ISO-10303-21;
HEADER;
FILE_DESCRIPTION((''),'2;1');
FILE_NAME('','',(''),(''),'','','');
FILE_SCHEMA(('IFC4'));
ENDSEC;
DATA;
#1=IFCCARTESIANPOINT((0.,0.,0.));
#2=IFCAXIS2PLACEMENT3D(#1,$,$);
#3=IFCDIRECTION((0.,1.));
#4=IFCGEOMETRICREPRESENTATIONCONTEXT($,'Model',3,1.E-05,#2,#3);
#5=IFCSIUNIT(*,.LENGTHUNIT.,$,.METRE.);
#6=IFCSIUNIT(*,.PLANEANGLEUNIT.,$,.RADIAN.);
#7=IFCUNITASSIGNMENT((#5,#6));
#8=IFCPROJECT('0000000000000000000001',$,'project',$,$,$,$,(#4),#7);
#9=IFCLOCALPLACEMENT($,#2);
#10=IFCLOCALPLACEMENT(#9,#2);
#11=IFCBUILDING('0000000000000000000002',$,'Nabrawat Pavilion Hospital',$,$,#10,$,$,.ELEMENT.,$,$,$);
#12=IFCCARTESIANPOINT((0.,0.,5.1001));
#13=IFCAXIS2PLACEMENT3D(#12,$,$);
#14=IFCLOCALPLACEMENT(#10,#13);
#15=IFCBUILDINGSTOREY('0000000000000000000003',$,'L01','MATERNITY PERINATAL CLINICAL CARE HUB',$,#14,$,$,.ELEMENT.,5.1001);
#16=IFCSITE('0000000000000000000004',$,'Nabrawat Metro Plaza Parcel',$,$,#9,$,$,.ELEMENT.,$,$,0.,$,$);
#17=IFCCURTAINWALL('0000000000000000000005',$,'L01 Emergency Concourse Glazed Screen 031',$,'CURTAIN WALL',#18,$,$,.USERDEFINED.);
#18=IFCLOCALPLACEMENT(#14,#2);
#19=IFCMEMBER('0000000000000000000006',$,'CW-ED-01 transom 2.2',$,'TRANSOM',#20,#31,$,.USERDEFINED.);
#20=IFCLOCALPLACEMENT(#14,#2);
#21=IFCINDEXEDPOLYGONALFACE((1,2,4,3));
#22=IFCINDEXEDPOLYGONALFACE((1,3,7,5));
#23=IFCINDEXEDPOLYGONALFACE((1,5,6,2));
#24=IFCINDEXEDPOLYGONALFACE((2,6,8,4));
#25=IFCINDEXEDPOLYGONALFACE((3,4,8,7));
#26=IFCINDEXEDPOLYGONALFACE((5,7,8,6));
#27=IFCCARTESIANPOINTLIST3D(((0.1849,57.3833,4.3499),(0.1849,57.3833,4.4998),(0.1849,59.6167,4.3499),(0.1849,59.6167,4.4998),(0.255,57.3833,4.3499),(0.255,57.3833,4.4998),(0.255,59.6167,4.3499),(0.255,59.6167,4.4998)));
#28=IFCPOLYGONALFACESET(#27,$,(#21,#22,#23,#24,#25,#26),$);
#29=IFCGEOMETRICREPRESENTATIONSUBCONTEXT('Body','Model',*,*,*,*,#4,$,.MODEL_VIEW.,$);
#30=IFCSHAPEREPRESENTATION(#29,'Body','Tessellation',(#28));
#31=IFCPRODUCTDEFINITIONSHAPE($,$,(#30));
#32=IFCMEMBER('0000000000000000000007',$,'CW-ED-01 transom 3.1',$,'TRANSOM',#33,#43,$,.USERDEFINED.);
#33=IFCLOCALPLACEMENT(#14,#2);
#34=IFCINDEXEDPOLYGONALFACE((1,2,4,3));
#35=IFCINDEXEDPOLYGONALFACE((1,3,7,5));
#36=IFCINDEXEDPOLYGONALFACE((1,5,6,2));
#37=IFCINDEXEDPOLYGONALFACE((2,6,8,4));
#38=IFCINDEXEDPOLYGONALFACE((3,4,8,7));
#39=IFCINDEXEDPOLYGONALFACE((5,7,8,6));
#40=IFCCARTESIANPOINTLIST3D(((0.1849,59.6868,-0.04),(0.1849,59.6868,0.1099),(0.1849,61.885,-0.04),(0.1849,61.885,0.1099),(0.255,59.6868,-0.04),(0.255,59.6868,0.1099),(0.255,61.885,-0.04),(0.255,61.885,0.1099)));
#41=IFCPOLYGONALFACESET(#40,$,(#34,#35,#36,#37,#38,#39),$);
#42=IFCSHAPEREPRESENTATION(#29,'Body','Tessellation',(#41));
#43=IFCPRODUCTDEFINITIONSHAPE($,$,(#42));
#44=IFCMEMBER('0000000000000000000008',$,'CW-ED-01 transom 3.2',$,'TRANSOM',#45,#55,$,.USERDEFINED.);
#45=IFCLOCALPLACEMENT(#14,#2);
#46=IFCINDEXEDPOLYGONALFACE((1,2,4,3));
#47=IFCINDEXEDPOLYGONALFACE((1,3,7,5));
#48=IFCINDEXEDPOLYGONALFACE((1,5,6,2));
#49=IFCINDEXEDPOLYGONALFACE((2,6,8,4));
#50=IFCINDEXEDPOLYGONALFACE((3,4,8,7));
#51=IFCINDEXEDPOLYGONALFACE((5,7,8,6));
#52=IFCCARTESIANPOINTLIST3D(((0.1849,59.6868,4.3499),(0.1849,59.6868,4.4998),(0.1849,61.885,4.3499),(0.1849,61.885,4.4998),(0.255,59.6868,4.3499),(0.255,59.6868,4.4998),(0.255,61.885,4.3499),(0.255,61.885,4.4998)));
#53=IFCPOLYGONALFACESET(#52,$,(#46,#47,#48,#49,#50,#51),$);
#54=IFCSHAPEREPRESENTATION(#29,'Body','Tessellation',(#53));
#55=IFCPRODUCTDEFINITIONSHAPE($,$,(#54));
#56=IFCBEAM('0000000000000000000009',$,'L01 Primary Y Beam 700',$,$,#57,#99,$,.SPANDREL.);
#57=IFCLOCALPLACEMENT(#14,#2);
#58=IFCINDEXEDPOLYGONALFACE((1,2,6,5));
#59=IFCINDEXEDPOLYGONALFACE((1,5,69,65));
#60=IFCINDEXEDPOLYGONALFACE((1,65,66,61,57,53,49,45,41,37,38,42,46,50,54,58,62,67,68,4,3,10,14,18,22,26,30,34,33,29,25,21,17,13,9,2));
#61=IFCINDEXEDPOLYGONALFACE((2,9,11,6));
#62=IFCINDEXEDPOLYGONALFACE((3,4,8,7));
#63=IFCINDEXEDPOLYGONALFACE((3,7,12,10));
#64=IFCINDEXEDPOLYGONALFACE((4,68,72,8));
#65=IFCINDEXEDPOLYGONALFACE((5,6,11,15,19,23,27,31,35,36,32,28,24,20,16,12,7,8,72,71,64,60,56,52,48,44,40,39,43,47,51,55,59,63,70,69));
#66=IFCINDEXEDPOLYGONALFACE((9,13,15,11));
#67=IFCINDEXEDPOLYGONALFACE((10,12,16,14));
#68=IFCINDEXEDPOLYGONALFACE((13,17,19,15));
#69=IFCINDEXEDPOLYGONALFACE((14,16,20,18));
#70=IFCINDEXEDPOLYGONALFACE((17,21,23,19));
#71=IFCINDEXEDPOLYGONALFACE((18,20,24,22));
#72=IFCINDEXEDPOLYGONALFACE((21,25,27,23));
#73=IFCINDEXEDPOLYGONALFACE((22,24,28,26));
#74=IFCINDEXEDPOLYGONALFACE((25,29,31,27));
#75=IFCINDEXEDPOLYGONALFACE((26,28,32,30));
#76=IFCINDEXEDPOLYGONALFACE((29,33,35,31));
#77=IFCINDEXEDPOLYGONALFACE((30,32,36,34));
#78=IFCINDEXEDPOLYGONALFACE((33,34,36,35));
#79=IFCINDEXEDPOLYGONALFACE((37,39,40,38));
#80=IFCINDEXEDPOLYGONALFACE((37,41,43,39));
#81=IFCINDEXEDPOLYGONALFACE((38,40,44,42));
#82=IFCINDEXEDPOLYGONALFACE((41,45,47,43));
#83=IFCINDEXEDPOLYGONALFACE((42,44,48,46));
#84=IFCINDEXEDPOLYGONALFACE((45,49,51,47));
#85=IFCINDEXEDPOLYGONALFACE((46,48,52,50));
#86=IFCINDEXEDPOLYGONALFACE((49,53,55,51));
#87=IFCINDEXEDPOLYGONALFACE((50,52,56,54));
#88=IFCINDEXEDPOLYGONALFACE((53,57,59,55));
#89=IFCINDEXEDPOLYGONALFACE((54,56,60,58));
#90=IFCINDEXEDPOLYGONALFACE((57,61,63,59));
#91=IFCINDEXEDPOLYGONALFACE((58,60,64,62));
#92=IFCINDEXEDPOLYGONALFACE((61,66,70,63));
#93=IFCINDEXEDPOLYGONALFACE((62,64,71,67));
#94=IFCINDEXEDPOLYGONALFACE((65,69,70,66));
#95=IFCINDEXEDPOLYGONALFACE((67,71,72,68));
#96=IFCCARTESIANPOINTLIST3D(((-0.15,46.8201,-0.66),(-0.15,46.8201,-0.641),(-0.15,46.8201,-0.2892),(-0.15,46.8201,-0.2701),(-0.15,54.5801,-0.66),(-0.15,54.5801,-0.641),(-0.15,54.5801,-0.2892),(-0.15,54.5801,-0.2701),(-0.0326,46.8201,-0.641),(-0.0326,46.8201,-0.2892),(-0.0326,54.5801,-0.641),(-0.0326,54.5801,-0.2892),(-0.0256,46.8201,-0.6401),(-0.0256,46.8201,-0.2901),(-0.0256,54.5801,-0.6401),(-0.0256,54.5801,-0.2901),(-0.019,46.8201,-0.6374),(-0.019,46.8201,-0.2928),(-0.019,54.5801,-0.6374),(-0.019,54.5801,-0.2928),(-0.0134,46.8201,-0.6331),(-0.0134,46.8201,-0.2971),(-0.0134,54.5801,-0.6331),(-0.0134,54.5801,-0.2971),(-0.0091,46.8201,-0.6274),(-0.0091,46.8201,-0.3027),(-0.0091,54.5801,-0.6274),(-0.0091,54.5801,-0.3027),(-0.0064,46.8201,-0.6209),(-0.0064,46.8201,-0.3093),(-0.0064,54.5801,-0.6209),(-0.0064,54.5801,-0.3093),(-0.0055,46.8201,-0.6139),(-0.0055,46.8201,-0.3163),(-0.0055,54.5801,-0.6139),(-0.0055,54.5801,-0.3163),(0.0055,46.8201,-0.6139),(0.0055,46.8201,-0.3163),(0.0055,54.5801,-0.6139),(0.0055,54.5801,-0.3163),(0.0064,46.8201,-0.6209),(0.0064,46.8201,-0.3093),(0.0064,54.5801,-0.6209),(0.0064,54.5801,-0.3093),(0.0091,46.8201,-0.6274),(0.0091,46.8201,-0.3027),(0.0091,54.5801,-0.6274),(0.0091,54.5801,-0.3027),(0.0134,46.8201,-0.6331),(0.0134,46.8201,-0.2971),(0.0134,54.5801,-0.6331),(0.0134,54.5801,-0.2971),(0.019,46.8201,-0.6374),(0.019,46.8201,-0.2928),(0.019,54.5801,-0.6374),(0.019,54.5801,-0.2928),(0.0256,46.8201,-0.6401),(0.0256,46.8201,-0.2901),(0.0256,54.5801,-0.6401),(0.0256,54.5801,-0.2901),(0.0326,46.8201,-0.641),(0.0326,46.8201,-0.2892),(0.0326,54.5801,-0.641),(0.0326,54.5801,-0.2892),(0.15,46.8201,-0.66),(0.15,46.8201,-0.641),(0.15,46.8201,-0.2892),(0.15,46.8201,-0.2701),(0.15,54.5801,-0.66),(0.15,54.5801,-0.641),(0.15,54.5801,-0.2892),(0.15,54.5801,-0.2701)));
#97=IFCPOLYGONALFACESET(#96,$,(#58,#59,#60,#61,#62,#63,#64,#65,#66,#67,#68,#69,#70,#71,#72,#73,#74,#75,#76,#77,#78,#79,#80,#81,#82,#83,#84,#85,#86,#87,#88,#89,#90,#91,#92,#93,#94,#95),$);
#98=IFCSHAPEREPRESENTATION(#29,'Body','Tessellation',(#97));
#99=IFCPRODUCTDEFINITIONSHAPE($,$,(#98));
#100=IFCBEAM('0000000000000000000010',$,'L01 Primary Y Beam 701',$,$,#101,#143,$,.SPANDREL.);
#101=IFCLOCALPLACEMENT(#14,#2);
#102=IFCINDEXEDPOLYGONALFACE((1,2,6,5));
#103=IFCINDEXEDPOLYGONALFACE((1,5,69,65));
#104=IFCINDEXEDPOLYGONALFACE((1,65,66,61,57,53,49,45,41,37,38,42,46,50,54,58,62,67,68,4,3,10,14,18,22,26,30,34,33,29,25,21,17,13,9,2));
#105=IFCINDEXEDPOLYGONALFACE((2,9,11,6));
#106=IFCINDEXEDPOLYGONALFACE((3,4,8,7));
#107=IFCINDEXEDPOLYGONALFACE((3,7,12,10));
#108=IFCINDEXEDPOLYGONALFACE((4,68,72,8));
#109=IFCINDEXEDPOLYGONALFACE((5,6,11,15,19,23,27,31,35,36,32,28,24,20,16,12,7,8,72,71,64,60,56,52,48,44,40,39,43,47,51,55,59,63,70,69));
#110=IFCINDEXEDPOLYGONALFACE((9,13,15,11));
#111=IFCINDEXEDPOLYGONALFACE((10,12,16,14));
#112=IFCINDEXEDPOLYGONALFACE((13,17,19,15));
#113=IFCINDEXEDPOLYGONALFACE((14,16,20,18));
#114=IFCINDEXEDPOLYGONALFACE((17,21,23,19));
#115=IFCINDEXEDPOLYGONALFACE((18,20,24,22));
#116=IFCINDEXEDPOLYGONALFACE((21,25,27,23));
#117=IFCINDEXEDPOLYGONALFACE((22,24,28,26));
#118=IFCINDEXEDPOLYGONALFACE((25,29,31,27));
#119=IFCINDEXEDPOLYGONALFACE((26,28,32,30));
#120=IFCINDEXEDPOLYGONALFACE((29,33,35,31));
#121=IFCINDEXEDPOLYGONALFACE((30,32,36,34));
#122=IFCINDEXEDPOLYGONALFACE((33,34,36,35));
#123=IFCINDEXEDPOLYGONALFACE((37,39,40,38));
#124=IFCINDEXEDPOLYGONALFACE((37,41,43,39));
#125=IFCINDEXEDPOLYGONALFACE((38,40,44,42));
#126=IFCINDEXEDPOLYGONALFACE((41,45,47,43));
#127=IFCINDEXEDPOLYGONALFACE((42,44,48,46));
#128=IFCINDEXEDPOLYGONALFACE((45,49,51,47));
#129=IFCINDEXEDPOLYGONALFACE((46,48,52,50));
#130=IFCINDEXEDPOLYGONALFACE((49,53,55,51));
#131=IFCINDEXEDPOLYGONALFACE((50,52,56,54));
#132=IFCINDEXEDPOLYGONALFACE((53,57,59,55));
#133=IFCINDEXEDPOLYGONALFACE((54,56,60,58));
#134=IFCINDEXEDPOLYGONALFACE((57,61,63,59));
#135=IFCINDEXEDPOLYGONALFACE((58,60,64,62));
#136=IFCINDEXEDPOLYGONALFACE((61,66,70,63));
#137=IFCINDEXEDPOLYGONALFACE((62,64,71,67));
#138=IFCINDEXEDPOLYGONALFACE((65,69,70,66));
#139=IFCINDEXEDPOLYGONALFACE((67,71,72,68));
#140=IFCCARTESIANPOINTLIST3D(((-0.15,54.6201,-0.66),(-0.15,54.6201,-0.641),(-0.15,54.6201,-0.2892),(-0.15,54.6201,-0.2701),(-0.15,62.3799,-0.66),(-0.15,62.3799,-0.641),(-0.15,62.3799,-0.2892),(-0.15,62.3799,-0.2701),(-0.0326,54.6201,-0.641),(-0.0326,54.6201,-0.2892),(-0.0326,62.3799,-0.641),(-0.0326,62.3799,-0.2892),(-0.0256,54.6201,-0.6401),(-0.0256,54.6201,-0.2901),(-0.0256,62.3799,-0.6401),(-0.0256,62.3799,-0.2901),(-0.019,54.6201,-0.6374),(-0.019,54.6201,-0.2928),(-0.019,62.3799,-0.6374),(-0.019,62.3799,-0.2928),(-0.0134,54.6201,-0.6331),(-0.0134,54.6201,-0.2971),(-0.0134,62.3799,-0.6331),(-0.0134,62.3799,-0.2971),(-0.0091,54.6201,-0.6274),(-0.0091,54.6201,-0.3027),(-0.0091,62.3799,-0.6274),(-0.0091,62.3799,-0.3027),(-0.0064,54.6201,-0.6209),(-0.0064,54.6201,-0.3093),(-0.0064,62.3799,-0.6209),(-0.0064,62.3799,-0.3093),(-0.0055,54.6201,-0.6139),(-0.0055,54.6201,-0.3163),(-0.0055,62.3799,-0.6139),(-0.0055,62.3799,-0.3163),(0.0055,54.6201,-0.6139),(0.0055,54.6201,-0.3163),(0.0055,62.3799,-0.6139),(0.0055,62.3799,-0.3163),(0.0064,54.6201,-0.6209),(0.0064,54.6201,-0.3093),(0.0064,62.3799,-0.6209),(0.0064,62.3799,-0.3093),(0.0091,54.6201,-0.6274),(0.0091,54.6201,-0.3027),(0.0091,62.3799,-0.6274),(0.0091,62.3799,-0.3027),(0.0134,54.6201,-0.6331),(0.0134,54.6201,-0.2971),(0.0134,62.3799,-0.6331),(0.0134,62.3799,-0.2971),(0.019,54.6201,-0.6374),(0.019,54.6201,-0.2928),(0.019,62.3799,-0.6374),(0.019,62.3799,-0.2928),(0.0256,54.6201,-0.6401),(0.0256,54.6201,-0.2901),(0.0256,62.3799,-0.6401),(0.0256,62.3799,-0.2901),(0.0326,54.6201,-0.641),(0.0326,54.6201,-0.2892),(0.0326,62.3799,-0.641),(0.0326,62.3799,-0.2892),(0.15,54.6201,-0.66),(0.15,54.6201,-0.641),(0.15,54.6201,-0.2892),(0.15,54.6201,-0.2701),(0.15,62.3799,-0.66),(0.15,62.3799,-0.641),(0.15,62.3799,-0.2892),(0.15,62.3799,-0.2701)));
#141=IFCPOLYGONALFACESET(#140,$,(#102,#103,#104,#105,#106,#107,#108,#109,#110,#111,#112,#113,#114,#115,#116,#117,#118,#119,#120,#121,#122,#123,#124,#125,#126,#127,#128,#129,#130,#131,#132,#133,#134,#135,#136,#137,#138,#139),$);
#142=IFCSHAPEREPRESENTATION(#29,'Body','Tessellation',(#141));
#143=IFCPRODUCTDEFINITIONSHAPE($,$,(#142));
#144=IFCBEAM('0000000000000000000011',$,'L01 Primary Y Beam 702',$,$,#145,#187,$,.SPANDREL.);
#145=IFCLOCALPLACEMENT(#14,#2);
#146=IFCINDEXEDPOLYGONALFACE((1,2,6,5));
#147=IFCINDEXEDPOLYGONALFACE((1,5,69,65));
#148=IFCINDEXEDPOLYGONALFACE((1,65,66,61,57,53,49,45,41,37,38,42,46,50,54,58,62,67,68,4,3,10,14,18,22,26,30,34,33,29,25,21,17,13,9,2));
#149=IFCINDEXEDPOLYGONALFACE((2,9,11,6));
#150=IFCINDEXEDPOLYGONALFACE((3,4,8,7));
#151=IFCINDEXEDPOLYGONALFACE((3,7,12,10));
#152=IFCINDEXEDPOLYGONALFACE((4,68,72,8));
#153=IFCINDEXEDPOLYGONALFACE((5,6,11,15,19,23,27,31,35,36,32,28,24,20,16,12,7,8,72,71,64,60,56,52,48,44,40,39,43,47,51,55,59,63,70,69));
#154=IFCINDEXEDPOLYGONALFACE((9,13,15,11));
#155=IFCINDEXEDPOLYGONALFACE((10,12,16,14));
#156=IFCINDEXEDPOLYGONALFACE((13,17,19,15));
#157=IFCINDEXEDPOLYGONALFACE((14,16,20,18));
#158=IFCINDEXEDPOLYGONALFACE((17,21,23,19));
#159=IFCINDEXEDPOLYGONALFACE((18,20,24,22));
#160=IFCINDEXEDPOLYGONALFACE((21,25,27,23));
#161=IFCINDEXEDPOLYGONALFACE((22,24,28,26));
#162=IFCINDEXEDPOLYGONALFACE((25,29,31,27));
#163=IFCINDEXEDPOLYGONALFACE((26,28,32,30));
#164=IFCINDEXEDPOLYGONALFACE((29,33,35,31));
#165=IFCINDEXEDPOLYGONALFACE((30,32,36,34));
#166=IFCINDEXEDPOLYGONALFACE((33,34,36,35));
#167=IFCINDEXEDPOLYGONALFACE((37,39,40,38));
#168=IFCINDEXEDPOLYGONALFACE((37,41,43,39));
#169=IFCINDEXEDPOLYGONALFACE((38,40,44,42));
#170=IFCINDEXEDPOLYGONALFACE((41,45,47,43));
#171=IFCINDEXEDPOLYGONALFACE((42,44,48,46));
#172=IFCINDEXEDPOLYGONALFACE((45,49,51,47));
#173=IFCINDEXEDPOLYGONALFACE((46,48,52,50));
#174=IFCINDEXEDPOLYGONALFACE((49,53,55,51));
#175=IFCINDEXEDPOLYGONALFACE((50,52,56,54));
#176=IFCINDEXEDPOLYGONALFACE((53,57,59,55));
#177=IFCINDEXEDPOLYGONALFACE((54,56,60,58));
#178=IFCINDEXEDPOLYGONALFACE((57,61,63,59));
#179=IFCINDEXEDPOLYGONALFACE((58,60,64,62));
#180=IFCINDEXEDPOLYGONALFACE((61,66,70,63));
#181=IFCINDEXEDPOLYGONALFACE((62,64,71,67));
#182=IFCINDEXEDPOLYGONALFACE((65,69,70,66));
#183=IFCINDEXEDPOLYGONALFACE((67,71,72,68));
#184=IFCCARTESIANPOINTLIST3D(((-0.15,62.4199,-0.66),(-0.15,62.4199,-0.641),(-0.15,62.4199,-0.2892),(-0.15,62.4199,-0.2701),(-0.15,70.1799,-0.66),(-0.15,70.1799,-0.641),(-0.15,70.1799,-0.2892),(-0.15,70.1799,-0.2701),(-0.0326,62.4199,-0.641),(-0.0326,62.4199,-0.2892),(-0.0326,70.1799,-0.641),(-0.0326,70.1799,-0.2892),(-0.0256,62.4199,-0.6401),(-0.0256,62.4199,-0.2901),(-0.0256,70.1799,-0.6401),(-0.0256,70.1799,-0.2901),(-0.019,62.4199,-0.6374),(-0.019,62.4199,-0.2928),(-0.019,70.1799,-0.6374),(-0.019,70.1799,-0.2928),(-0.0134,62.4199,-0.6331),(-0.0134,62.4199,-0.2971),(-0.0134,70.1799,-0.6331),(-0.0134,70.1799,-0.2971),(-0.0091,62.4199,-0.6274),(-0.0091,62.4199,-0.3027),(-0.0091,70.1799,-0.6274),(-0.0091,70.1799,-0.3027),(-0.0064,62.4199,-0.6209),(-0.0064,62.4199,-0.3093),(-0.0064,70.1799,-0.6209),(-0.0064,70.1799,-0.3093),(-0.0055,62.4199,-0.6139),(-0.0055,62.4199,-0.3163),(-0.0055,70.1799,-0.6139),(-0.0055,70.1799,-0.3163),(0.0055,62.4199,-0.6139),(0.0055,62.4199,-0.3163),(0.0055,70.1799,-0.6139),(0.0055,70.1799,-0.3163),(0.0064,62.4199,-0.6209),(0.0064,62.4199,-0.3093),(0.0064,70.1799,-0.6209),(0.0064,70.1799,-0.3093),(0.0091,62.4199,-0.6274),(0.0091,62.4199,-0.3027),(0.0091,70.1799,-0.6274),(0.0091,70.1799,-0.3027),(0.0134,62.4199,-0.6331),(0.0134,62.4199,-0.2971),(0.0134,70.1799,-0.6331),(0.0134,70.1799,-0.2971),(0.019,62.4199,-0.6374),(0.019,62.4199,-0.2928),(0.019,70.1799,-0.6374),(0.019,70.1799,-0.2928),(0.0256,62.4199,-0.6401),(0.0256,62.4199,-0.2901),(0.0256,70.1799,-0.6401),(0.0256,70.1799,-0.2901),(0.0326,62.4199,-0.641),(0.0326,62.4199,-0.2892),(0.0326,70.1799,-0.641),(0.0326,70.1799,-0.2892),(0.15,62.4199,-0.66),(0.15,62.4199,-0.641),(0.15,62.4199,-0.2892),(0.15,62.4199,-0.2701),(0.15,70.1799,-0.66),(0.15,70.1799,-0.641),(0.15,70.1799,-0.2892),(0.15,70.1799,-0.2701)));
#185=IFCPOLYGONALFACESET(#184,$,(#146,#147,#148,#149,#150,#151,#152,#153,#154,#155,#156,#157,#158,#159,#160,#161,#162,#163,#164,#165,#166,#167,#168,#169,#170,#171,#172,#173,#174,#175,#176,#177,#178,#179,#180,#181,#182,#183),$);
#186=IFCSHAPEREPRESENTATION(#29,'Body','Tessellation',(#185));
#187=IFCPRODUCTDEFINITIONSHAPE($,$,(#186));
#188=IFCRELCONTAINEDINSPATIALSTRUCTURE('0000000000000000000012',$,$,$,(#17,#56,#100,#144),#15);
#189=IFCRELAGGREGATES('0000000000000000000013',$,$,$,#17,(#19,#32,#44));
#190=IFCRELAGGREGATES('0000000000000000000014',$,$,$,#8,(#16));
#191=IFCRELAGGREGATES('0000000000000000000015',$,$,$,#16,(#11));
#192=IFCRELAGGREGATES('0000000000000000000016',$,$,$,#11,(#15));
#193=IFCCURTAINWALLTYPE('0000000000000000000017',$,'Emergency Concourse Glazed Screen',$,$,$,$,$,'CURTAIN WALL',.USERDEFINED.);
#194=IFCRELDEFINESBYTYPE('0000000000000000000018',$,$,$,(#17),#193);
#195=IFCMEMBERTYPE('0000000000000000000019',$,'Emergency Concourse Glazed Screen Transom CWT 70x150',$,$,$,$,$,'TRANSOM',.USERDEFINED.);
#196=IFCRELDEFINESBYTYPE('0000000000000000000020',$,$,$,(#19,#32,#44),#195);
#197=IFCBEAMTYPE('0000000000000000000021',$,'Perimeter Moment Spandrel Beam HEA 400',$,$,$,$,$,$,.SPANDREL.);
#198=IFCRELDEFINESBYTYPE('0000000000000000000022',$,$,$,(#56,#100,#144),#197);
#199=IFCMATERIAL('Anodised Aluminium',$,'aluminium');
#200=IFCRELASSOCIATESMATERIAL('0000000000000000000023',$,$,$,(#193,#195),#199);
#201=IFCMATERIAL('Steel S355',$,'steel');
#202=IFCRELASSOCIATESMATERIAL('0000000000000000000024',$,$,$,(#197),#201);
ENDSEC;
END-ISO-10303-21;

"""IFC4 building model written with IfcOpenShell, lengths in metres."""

from ifc_helpers import new_model, si_unit, direction, frame, origin, origin_2d, place, context, subcontext, project, spatial, rectangle, i_section, extrude, material, material_profile, profile_set, type_object, element, aggregate, save


model = new_model("IFC4")

# Units and contexts
model_context = context("Model", 3, precision=1e-05, world=origin(), true_north=direction((0.0, 1.0)))
body_context = subcontext(model_context, "Body", "Model", "MODEL_VIEW")
ifc_project = project(units=[si_unit("LENGTHUNIT", "METRE"), si_unit("PLANEANGLEUNIT", "RADIAN")], contexts=[model_context])

# Site, building, storey
site_placement = place(None, origin())
site = spatial("IfcSite", under=ifc_project, at=site_placement, Name="Nabrawat Metro Plaza Parcel", CompositionType="ELEMENT", RefElevation=0.0)
building_placement = place(site_placement, origin())
building = spatial("IfcBuilding", under=site, at=building_placement, Name="Nabrawat Pavilion Hospital", CompositionType="ELEMENT")
storey_placement = place(building_placement, frame((0.0, 0.0, 5.1001)))
storey = spatial("IfcBuildingStorey", under=building, at=storey_placement, Name="L01", Description="MATERNITY PERINATAL CLINICAL CARE HUB", CompositionType="ELEMENT", Elevation=5.1001)

# Shared definitions
ifc_material_1 = material(Name="Steel S355", Category="steel")

# Curtain wall, members
ifc_material_2 = material(Name="Anodised Aluminium", Category="aluminium")
curtain_wall_type = type_object("IfcCurtainWallType", Name="Emergency Concourse Glazed Screen", ElementType="CURTAIN WALL", PredefinedType="USERDEFINED", material=ifc_material_2)
curtain_wall_placement = place(storey_placement, origin())
curtain_wall = element("IfcCurtainWall", 1, at=curtain_wall_placement, inside=storey, type_object=curtain_wall_type, Name="L01 Emergency Concourse Glazed Screen 031", ObjectType="CURTAIN WALL", PredefinedType="USERDEFINED")
ifc_material_profile_1 = material_profile(ifc_material_2, rectangle(XDim=0.0701, YDim=0.1499, at=origin_2d()), Name="CWT 70x150")
ifc_profile_set_1 = profile_set([ifc_material_profile_1], Name="Anodised Aluminium")
member_type_1 = type_object("IfcMemberType", Name="Emergency Concourse Glazed Screen Transom CWT 70x150", ElementType="TRANSOM", PredefinedType="USERDEFINED", material=ifc_profile_set_1)
member_1_placement = place(storey_placement, frame((0.22, 57.3833, 4.4248), z_axis=(0.0, 1.0, 0.0), x_axis=(-1.0, 0.0, 0.0)))
member_1 = element("IfcMember", 2, at=member_1_placement, type_object=member_type_1, Name="CW-ED-01 transom 2.2", ObjectType="TRANSOM", PredefinedType="USERDEFINED", context=body_context, shape_type="SweptSolid", body=[
    extrude(rectangle(XDim=0.0701, YDim=0.1499, at=origin_2d()), origin(), (0.0, 0.0, 1.0), 2.2334),
])
member_2_placement = place(storey_placement, frame((0.22, 59.6868, 0.0349), z_axis=(0.0, 1.0, 0.0), x_axis=(-1.0, 0.0, 0.0)))
member_2 = element("IfcMember", 3, at=member_2_placement, type_object=member_type_1, Name="CW-ED-01 transom 3.1", ObjectType="TRANSOM", PredefinedType="USERDEFINED", context=body_context, shape_type="SweptSolid", body=[
    extrude(rectangle(XDim=0.0701, YDim=0.1499, at=origin_2d()), origin(), (0.0, 0.0, 1.0), 2.1982),
])
member_3_placement = place(storey_placement, frame((0.22, 59.6868, 4.4248), z_axis=(0.0, 1.0, 0.0), x_axis=(-1.0, 0.0, 0.0)))
member_3 = element("IfcMember", 4, at=member_3_placement, type_object=member_type_1, Name="CW-ED-01 transom 3.2", ObjectType="TRANSOM", PredefinedType="USERDEFINED", context=body_context, shape_type="SweptSolid", body=[
    extrude(rectangle(XDim=0.0701, YDim=0.1499, at=origin_2d()), origin(), (0.0, 0.0, 1.0), 2.1982),
])

# Beams
ifc_material_profile_2 = material_profile(ifc_material_1, i_section(OverallWidth=0.3, OverallDepth=0.3899, WebThickness=0.011, FlangeThickness=0.019, FilletRadius=0.0271, at=origin_2d()), Name="HEA 400")
ifc_profile_set_2 = profile_set([ifc_material_profile_2], Name="Steel S355")
beam_type_1 = type_object("IfcBeamType", Name="Perimeter Moment Spandrel Beam HEA 400", PredefinedType="SPANDREL", material=ifc_profile_set_2)
beam_1_placement = place(storey_placement, frame((0.0, 46.8201, -0.4651), z_axis=(0.0, 1.0, 0.0), x_axis=(-1.0, 0.0, 0.0)))
element("IfcBeam", 5, at=beam_1_placement, inside=storey, type_object=beam_type_1, Name="L01 Primary Y Beam 700", PredefinedType="SPANDREL", context=body_context, shape_type="SweptSolid", body=[
    extrude(i_section(OverallWidth=0.3, OverallDepth=0.3899, WebThickness=0.011, FlangeThickness=0.019, FilletRadius=0.0271, at=origin_2d()), origin(), (0.0, 0.0, 1.0), 7.76),
])
beam_2_placement = place(storey_placement, frame((0.0, 54.6201, -0.4651), z_axis=(0.0, 1.0, 0.0), x_axis=(-1.0, 0.0, 0.0)))
element("IfcBeam", 6, at=beam_2_placement, inside=storey, type_object=beam_type_1, Name="L01 Primary Y Beam 701", PredefinedType="SPANDREL", context=body_context, shape_type="SweptSolid", body=[
    extrude(i_section(OverallWidth=0.3, OverallDepth=0.3899, WebThickness=0.011, FlangeThickness=0.019, FilletRadius=0.0271, at=origin_2d()), origin(), (0.0, 0.0, 1.0), 7.7598),
])
for number, where, z_axis, x_axis, name in (
    (7, (0.0, 62.4199, -0.4651), (0.0, 1.0, 0.0), (-1.0, 0.0, 0.0), "L01 Primary Y Beam 702"),
):
    element("IfcBeam", number, at=place(storey_placement, frame(where, z_axis=z_axis, x_axis=x_axis)), inside=storey, type_object=beam_type_1, Name=name, PredefinedType="SPANDREL", context=body_context, shape_type="SweptSolid", body=[
        extrude(i_section(OverallWidth=0.3, OverallDepth=0.3899, WebThickness=0.011, FlangeThickness=0.019, FilletRadius=0.0271, at=origin_2d()), origin(), (0.0, 0.0, 1.0), 7.76),
    ])

aggregate(curtain_wall, [member_1, member_2, member_3])

save(model, "model.ifc")
